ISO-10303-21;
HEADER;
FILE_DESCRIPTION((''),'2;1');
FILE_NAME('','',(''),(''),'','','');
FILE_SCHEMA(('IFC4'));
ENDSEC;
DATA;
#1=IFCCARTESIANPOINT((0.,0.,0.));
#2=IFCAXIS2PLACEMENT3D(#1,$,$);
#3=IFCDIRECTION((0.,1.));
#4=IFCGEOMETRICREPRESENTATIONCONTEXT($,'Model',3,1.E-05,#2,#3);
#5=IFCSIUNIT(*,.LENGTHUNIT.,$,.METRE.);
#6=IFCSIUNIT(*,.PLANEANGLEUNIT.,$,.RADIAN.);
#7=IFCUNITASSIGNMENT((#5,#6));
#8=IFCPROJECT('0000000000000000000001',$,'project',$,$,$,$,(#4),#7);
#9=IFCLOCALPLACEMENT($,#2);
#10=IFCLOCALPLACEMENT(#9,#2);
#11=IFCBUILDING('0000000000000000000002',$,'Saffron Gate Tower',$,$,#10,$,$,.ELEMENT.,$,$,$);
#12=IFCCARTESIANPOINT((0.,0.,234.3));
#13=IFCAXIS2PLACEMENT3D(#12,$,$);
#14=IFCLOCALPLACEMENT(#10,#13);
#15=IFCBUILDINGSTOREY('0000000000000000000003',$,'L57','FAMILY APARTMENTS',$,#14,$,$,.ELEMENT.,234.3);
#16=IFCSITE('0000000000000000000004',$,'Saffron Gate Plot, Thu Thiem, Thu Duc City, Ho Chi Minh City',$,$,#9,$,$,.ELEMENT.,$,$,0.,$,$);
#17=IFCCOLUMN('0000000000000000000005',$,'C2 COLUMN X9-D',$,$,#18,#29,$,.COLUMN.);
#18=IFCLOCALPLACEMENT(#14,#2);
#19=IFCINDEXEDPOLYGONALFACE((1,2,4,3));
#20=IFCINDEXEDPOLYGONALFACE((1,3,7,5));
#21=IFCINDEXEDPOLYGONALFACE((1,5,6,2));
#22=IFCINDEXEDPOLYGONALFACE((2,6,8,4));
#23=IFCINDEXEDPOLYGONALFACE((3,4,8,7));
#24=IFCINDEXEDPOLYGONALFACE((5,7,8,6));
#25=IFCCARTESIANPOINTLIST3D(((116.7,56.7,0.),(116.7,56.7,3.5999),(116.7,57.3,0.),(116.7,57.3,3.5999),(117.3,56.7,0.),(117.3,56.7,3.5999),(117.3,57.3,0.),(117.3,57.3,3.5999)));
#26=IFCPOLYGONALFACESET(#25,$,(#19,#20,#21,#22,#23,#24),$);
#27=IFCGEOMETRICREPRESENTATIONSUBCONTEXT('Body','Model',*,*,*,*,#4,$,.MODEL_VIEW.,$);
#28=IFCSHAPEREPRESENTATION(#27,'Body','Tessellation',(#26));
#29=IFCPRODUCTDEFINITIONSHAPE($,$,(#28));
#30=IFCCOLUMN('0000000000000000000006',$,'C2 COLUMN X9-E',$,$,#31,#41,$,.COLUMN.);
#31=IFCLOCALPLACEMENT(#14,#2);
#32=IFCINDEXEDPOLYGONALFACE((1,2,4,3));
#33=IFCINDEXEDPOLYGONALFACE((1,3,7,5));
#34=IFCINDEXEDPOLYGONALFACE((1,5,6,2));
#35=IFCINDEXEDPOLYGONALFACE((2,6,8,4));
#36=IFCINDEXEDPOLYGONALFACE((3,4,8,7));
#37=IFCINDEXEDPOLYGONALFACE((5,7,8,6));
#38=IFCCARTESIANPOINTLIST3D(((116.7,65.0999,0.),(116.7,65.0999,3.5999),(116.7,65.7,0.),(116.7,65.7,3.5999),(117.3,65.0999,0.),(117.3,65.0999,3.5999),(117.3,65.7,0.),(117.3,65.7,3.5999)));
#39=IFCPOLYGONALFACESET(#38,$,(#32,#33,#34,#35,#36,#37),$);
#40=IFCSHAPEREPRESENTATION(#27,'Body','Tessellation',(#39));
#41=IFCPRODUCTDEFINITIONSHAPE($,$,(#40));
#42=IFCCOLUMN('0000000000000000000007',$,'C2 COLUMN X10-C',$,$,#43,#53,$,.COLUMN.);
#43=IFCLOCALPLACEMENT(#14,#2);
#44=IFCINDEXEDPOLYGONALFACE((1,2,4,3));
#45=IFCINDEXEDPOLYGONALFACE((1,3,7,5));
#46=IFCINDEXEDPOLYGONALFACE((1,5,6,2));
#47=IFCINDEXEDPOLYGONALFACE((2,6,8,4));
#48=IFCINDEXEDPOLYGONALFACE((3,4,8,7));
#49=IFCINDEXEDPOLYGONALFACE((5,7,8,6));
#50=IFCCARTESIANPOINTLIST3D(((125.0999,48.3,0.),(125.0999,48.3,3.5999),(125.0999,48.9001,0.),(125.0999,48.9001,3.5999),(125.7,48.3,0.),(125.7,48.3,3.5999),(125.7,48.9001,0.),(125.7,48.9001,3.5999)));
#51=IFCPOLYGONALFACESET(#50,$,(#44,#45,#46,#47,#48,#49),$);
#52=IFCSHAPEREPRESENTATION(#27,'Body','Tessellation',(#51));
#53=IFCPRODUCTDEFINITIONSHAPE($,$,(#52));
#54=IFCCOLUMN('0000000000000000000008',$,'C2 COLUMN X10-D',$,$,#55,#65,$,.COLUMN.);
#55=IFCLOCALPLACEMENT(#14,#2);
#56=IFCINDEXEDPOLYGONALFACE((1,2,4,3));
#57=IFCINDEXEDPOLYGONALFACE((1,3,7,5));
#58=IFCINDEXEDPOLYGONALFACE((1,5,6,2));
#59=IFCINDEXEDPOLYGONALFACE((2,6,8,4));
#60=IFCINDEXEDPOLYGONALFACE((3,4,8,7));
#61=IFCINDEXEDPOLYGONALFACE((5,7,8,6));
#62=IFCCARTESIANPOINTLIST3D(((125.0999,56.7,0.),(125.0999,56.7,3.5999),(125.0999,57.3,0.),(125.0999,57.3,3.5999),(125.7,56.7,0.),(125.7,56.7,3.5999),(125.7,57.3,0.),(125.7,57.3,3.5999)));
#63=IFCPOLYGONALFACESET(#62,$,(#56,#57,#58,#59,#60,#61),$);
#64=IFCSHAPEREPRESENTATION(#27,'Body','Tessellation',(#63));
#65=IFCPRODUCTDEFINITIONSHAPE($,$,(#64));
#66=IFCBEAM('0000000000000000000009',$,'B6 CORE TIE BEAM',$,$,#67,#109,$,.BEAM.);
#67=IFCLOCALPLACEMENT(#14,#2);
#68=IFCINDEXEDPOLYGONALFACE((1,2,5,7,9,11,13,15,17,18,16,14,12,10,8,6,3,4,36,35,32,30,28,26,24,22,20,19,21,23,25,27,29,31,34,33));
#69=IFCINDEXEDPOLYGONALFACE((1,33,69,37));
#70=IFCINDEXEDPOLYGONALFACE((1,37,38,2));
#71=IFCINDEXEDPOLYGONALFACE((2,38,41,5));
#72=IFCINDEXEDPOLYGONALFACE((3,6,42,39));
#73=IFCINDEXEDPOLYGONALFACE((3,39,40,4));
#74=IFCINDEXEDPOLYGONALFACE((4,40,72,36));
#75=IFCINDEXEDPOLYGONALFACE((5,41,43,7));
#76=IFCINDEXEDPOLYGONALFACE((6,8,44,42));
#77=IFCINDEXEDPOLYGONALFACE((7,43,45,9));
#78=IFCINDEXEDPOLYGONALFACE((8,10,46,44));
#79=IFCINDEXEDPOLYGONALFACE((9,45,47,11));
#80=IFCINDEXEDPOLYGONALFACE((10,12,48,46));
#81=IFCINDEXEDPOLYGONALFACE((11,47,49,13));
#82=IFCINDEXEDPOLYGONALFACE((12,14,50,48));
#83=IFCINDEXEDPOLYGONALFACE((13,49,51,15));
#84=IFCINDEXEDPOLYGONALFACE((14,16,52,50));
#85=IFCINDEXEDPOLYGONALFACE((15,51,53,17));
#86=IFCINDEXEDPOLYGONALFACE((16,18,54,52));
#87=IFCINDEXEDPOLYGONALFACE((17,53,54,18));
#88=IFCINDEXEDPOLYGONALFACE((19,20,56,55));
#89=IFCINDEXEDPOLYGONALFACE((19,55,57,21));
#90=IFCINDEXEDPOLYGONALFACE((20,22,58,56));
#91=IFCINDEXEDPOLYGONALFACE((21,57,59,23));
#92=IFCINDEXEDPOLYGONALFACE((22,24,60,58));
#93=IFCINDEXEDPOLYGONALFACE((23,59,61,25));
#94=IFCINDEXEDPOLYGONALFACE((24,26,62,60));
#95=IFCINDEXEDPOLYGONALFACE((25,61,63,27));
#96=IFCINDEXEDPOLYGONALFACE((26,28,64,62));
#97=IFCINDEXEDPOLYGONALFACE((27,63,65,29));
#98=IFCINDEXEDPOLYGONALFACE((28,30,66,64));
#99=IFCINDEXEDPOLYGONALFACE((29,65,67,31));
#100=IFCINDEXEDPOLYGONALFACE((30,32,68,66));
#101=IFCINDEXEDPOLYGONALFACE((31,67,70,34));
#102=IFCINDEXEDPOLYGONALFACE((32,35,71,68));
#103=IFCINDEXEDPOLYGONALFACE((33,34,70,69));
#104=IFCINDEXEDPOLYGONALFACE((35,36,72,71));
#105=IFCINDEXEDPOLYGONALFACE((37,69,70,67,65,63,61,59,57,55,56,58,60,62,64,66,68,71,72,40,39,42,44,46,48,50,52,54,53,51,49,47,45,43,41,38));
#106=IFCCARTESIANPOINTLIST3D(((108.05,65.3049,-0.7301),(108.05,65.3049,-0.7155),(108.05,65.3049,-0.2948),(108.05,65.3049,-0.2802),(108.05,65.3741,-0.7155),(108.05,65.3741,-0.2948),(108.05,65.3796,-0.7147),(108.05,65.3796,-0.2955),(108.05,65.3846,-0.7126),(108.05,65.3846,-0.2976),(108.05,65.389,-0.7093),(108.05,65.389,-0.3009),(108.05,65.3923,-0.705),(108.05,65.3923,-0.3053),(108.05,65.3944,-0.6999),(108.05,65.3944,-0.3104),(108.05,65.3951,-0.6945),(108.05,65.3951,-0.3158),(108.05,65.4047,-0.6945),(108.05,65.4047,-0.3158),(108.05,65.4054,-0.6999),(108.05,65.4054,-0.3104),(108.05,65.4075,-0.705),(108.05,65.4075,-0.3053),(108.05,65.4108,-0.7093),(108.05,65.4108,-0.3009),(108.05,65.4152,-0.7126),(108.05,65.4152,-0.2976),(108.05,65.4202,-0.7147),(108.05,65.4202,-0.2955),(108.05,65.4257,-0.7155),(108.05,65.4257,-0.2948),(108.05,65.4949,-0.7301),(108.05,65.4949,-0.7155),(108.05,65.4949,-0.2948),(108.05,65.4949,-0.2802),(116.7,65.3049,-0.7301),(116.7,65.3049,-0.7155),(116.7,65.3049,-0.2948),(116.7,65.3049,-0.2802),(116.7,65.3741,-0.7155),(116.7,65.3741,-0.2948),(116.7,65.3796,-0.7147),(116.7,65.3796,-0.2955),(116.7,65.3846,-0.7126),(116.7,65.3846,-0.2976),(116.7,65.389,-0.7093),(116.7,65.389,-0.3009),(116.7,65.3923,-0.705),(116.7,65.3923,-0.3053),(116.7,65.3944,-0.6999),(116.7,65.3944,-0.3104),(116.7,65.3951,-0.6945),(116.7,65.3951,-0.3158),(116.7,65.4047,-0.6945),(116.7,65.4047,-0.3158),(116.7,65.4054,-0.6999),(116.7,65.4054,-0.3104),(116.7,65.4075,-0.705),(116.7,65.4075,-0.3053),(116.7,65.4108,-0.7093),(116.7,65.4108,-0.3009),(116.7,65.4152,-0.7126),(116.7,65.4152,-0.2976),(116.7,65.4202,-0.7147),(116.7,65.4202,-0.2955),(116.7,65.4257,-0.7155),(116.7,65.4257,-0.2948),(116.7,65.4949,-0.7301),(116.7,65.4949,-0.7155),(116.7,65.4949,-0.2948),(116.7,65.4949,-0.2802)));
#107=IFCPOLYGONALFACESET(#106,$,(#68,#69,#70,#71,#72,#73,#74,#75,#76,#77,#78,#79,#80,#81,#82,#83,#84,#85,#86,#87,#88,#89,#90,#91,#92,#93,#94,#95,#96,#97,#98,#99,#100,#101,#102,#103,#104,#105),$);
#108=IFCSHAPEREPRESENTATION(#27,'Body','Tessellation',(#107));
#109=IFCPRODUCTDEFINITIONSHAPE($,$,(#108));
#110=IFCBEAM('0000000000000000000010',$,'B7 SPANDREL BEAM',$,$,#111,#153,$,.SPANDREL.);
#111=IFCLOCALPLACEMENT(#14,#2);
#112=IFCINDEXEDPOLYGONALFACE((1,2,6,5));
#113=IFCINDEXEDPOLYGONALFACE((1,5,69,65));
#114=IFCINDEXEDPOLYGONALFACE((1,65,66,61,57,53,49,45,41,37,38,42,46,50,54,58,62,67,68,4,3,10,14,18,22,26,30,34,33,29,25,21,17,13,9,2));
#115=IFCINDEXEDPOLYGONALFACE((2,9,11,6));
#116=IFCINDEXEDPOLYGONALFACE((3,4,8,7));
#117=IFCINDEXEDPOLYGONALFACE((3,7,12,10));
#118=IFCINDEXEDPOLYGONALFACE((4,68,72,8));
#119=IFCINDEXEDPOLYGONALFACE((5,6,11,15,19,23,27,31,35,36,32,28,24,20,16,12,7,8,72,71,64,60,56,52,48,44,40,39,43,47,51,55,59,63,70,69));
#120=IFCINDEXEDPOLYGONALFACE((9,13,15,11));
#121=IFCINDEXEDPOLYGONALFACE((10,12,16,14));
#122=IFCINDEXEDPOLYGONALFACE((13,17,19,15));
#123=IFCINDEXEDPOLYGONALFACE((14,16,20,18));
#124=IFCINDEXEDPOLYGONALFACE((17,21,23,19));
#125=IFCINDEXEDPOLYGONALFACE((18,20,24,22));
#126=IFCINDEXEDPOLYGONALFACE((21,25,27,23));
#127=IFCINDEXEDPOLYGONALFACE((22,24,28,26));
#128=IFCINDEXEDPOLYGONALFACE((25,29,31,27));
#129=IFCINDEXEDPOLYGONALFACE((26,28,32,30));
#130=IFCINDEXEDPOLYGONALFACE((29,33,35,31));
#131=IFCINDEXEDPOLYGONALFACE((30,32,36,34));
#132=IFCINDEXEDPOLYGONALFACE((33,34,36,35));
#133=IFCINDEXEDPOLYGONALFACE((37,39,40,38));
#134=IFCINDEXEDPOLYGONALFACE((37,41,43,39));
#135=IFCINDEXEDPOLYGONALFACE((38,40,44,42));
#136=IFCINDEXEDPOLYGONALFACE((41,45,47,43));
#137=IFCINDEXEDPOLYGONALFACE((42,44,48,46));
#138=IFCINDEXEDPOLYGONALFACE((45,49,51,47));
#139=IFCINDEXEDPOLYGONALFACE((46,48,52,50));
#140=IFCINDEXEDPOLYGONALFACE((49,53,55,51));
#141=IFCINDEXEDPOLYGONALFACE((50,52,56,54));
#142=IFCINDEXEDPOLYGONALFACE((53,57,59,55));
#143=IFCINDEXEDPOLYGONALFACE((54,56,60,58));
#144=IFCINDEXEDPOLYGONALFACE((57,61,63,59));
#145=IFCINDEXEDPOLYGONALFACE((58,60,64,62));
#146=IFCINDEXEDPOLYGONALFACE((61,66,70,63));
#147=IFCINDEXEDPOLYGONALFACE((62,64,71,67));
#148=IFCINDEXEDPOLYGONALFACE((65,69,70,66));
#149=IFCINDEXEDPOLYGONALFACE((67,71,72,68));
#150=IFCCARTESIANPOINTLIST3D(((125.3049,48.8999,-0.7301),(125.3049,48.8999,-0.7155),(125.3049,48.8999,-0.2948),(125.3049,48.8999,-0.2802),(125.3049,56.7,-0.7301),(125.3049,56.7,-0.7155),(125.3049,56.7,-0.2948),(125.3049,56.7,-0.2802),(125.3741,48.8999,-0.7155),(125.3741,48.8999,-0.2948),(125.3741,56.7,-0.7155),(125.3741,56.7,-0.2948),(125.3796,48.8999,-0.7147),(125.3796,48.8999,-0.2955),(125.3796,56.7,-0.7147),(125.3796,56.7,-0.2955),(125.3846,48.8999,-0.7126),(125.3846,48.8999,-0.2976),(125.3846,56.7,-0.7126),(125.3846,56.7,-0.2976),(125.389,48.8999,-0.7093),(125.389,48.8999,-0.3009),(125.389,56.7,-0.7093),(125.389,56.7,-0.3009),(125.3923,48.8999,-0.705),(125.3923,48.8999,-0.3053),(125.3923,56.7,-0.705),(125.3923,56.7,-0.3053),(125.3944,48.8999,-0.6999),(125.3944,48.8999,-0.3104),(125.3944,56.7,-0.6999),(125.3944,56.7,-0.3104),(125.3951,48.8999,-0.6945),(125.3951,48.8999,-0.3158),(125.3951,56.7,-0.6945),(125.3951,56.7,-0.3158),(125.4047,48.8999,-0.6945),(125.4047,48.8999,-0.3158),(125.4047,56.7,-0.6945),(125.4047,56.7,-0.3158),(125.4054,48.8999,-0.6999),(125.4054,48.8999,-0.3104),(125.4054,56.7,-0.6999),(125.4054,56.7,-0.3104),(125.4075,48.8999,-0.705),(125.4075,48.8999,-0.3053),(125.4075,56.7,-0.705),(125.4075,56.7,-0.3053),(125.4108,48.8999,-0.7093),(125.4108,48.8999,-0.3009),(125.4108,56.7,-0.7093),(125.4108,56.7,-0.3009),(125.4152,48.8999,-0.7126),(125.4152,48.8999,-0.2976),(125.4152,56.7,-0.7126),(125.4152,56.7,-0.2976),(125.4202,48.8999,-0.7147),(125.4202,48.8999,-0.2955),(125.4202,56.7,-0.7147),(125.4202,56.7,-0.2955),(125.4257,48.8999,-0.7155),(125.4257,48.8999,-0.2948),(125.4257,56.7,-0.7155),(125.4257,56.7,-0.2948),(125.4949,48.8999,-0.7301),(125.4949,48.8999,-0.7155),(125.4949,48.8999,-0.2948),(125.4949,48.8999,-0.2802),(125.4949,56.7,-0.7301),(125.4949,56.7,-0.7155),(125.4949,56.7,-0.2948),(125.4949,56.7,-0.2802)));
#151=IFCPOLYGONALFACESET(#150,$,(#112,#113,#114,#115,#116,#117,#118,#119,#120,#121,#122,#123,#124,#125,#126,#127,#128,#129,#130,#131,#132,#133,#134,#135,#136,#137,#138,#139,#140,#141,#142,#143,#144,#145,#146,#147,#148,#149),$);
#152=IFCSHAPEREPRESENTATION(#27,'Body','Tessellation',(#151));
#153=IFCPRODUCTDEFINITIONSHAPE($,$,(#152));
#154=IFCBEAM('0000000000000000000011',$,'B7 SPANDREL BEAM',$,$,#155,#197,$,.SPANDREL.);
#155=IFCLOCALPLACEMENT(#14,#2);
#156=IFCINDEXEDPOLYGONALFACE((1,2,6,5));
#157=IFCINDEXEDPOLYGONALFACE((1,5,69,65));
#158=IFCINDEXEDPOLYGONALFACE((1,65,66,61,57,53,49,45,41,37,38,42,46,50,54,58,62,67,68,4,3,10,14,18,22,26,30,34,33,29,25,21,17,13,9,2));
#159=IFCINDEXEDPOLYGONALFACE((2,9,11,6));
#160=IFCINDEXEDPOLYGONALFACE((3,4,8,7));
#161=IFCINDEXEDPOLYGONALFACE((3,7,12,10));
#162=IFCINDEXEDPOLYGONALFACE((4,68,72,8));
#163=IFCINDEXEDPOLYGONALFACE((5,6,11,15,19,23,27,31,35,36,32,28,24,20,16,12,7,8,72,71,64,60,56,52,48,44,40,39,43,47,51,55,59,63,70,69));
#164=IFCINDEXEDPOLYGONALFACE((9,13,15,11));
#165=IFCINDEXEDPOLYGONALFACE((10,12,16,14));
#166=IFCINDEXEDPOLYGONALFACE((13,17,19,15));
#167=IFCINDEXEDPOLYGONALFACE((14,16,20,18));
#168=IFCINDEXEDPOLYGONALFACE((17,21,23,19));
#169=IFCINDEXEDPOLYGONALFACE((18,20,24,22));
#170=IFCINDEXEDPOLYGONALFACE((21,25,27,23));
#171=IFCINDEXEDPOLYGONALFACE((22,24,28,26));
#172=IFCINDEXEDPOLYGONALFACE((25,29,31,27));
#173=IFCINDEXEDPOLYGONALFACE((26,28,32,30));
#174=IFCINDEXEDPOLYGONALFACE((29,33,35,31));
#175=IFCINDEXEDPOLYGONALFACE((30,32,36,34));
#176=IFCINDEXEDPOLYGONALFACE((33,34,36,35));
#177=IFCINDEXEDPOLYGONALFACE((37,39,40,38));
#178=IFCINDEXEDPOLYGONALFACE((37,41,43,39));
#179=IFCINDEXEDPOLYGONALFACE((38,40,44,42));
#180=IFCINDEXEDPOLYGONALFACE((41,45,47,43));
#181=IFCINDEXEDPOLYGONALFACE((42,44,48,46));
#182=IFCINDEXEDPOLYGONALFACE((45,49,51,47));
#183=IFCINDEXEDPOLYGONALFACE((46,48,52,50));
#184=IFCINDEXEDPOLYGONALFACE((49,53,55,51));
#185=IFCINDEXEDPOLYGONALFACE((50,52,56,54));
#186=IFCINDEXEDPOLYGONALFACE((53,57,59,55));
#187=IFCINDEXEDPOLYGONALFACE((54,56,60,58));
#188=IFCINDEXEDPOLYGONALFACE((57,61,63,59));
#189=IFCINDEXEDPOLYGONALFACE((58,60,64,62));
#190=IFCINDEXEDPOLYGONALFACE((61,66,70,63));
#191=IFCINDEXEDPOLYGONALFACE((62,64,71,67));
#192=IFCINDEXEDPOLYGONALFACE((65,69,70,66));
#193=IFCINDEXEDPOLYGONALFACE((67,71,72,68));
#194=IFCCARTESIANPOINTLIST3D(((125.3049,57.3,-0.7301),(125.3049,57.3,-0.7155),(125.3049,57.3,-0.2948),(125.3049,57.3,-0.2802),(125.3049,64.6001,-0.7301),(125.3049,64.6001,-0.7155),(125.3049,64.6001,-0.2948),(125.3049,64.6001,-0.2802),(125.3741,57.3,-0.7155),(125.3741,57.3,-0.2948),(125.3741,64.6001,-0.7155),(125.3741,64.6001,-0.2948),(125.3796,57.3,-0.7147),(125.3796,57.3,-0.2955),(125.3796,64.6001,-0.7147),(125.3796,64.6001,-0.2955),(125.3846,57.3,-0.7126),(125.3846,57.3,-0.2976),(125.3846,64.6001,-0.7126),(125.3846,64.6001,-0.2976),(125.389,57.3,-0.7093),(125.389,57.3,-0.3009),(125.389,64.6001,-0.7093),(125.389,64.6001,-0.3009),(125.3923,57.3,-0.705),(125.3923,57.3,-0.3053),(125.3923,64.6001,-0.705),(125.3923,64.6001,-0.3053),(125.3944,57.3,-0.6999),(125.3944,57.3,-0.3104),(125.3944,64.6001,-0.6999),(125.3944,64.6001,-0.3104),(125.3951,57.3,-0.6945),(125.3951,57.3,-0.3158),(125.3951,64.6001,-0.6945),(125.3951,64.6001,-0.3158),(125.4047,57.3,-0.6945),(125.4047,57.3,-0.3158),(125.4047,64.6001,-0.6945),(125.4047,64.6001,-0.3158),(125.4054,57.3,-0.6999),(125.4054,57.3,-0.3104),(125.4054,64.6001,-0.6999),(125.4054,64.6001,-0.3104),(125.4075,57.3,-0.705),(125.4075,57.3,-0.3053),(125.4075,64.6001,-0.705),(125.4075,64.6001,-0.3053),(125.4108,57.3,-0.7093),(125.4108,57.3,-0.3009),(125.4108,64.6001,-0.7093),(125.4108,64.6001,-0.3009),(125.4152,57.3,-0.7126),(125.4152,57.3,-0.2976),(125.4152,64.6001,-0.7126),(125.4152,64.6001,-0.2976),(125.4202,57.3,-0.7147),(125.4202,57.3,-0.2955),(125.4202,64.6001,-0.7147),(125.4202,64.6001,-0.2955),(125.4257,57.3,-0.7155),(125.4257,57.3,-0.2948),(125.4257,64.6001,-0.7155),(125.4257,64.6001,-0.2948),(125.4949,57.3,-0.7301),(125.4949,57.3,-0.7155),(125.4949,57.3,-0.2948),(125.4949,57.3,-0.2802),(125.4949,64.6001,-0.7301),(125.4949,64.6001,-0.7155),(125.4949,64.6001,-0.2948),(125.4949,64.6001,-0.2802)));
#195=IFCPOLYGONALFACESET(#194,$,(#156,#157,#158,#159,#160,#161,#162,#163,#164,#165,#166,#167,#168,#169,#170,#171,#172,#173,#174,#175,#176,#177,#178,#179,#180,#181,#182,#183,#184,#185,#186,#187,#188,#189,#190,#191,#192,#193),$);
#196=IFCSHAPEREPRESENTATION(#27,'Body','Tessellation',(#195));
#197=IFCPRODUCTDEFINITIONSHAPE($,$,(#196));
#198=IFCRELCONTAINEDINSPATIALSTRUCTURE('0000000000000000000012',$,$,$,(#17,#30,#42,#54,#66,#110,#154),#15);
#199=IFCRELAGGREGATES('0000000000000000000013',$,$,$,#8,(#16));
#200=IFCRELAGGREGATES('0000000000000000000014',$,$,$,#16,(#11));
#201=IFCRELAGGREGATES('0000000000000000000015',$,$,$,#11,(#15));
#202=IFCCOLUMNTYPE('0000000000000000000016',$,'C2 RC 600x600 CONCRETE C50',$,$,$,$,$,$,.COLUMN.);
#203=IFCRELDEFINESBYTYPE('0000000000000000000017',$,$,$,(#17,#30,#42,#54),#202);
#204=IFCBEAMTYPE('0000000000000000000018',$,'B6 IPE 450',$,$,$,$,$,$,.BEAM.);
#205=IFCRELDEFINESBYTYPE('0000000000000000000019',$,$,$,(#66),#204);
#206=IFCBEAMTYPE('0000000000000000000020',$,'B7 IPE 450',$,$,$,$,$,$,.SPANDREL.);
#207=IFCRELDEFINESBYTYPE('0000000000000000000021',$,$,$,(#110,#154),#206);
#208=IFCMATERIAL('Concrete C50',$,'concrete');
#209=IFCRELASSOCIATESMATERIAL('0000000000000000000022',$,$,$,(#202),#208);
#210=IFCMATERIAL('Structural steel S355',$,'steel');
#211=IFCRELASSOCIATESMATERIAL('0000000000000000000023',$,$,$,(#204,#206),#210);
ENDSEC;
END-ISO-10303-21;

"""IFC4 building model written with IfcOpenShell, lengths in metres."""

from ifc_helpers import new_model, si_unit, direction, frame, origin, origin_2d, place, context, subcontext, project, spatial, rectangle, i_section, extrude, material, material_profile, profile_set, type_object, element, save


model = new_model("IFC4")

# Units and contexts
model_context = context("Model", 3, precision=1e-05, world=origin(), true_north=direction((0.0, 1.0)))
body_context = subcontext(model_context, "Body", "Model", "MODEL_VIEW")
ifc_project = project(units=[si_unit("LENGTHUNIT", "METRE"), si_unit("PLANEANGLEUNIT", "RADIAN")], contexts=[model_context])

# Site, building, storey
site_placement = place(None, origin())
site = spatial("IfcSite", under=ifc_project, at=site_placement, Name="Saffron Gate Plot, Thu Thiem, Thu Duc City, Ho Chi Minh City", CompositionType="ELEMENT", RefElevation=0.0)
building_placement = place(site_placement, origin())
building = spatial("IfcBuilding", under=site, at=building_placement, Name="Saffron Gate Tower", CompositionType="ELEMENT")
storey_placement = place(building_placement, frame((0.0, 0.0, 234.3)))
storey = spatial("IfcBuildingStorey", under=building, at=storey_placement, Name="L57", Description="FAMILY APARTMENTS", CompositionType="ELEMENT", Elevation=234.3)

# Columns
ifc_material_1 = material(Name="Concrete C50", Category="concrete")
ifc_material_profile_1 = material_profile(ifc_material_1, rectangle(XDim=0.6001, YDim=0.6001, at=origin_2d()))
ifc_profile_set_1 = profile_set([ifc_material_profile_1], Name="Concrete C50")
column_type = type_object("IfcColumnType", Name="C2 RC 600x600 CONCRETE C50", PredefinedType="COLUMN", material=ifc_profile_set_1)
for number, where, z_axis, x_axis, name in (
    (1, (117.0, 57.0, 0.0), (0.0, 0.0, 1.0), (1.0, 0.0, 0.0), "C2 COLUMN X9-D"),
    (2, (117.0, 65.3999, 0.0), (0.0, 0.0, 1.0), (1.0, 0.0, 0.0), "C2 COLUMN X9-E"),
    (3, (125.3999, 48.6001, 0.0), (0.0, 0.0, 1.0), (1.0, 0.0, 0.0), "C2 COLUMN X10-C"),
    (4, (125.3999, 57.0, 0.0), (0.0, 0.0, 1.0), (1.0, 0.0, 0.0), "C2 COLUMN X10-D"),
):
    element("IfcColumn", number, at=place(storey_placement, frame(where, z_axis=z_axis, x_axis=x_axis)), inside=storey, type_object=column_type, Name=name, PredefinedType="COLUMN", context=body_context, shape_type="SweptSolid", body=[
        extrude(rectangle(XDim=0.6001, YDim=0.6001, at=origin_2d()), origin(), (0.0, 0.0, 1.0), 3.5999),
    ])

# Beams
ifc_material_2 = material(Name="Structural steel S355", Category="steel")
ifc_material_profile_2 = material_profile(ifc_material_2, i_section(OverallWidth=0.1899, OverallDepth=0.45, WebThickness=0.0095, FlangeThickness=0.0146, FilletRadius=0.021, at=origin_2d()))
ifc_profile_set_2 = profile_set([ifc_material_profile_2], Name="Structural steel S355")
beam_type_1 = type_object("IfcBeamType", Name="B6 IPE 450", PredefinedType="BEAM", material=ifc_profile_set_2)
beam_1_placement = place(storey_placement, frame((116.7, 65.3999, -0.5051), z_axis=(-1.0, 0.0, 0.0), x_axis=(0.0, -1.0, 0.0)))
element("IfcBeam", 5, at=beam_1_placement, inside=storey, type_object=beam_type_1, Name="B6 CORE TIE BEAM", PredefinedType="BEAM", context=body_context, shape_type="SweptSolid", body=[
    extrude(i_section(OverallWidth=0.1899, OverallDepth=0.45, WebThickness=0.0095, FlangeThickness=0.0146, FilletRadius=0.021, at=origin_2d()), origin(), (0.0, 0.0, 1.0), 8.6499),
])
ifc_material_profile_3 = material_profile(ifc_material_2, i_section(OverallWidth=0.1899, OverallDepth=0.45, WebThickness=0.0095, FlangeThickness=0.0146, FilletRadius=0.021, at=origin_2d()))
ifc_profile_set_3 = profile_set([ifc_material_profile_3], Name="Structural steel S355")
beam_type_2 = type_object("IfcBeamType", Name="B7 IPE 450", PredefinedType="SPANDREL", material=ifc_profile_set_3)
beam_2_placement = place(storey_placement, frame((125.3999, 48.8999, -0.5051), z_axis=(0.0, 1.0, 0.0), x_axis=(-1.0, 0.0, 0.0)))
element("IfcBeam", 6, at=beam_2_placement, inside=storey, type_object=beam_type_2, Name="B7 SPANDREL BEAM", PredefinedType="SPANDREL", context=body_context, shape_type="SweptSolid", body=[
    extrude(i_section(OverallWidth=0.1899, OverallDepth=0.45, WebThickness=0.0095, FlangeThickness=0.0146, FilletRadius=0.021, at=origin_2d()), origin(), (0.0, 0.0, 1.0), 7.8),
])
beam_3_placement = place(storey_placement, frame((125.3999, 57.3, -0.5051), z_axis=(0.0, 1.0, 0.0), x_axis=(-1.0, 0.0, 0.0)))
element("IfcBeam", 7, at=beam_3_placement, inside=storey, type_object=beam_type_2, Name="B7 SPANDREL BEAM", PredefinedType="SPANDREL", context=body_context, shape_type="SweptSolid", body=[
    extrude(i_section(OverallWidth=0.1899, OverallDepth=0.45, WebThickness=0.0095, FlangeThickness=0.0146, FilletRadius=0.021, at=origin_2d()), origin(), (0.0, 0.0, 1.0), 7.3),
])

save(model, "model.ifc")
